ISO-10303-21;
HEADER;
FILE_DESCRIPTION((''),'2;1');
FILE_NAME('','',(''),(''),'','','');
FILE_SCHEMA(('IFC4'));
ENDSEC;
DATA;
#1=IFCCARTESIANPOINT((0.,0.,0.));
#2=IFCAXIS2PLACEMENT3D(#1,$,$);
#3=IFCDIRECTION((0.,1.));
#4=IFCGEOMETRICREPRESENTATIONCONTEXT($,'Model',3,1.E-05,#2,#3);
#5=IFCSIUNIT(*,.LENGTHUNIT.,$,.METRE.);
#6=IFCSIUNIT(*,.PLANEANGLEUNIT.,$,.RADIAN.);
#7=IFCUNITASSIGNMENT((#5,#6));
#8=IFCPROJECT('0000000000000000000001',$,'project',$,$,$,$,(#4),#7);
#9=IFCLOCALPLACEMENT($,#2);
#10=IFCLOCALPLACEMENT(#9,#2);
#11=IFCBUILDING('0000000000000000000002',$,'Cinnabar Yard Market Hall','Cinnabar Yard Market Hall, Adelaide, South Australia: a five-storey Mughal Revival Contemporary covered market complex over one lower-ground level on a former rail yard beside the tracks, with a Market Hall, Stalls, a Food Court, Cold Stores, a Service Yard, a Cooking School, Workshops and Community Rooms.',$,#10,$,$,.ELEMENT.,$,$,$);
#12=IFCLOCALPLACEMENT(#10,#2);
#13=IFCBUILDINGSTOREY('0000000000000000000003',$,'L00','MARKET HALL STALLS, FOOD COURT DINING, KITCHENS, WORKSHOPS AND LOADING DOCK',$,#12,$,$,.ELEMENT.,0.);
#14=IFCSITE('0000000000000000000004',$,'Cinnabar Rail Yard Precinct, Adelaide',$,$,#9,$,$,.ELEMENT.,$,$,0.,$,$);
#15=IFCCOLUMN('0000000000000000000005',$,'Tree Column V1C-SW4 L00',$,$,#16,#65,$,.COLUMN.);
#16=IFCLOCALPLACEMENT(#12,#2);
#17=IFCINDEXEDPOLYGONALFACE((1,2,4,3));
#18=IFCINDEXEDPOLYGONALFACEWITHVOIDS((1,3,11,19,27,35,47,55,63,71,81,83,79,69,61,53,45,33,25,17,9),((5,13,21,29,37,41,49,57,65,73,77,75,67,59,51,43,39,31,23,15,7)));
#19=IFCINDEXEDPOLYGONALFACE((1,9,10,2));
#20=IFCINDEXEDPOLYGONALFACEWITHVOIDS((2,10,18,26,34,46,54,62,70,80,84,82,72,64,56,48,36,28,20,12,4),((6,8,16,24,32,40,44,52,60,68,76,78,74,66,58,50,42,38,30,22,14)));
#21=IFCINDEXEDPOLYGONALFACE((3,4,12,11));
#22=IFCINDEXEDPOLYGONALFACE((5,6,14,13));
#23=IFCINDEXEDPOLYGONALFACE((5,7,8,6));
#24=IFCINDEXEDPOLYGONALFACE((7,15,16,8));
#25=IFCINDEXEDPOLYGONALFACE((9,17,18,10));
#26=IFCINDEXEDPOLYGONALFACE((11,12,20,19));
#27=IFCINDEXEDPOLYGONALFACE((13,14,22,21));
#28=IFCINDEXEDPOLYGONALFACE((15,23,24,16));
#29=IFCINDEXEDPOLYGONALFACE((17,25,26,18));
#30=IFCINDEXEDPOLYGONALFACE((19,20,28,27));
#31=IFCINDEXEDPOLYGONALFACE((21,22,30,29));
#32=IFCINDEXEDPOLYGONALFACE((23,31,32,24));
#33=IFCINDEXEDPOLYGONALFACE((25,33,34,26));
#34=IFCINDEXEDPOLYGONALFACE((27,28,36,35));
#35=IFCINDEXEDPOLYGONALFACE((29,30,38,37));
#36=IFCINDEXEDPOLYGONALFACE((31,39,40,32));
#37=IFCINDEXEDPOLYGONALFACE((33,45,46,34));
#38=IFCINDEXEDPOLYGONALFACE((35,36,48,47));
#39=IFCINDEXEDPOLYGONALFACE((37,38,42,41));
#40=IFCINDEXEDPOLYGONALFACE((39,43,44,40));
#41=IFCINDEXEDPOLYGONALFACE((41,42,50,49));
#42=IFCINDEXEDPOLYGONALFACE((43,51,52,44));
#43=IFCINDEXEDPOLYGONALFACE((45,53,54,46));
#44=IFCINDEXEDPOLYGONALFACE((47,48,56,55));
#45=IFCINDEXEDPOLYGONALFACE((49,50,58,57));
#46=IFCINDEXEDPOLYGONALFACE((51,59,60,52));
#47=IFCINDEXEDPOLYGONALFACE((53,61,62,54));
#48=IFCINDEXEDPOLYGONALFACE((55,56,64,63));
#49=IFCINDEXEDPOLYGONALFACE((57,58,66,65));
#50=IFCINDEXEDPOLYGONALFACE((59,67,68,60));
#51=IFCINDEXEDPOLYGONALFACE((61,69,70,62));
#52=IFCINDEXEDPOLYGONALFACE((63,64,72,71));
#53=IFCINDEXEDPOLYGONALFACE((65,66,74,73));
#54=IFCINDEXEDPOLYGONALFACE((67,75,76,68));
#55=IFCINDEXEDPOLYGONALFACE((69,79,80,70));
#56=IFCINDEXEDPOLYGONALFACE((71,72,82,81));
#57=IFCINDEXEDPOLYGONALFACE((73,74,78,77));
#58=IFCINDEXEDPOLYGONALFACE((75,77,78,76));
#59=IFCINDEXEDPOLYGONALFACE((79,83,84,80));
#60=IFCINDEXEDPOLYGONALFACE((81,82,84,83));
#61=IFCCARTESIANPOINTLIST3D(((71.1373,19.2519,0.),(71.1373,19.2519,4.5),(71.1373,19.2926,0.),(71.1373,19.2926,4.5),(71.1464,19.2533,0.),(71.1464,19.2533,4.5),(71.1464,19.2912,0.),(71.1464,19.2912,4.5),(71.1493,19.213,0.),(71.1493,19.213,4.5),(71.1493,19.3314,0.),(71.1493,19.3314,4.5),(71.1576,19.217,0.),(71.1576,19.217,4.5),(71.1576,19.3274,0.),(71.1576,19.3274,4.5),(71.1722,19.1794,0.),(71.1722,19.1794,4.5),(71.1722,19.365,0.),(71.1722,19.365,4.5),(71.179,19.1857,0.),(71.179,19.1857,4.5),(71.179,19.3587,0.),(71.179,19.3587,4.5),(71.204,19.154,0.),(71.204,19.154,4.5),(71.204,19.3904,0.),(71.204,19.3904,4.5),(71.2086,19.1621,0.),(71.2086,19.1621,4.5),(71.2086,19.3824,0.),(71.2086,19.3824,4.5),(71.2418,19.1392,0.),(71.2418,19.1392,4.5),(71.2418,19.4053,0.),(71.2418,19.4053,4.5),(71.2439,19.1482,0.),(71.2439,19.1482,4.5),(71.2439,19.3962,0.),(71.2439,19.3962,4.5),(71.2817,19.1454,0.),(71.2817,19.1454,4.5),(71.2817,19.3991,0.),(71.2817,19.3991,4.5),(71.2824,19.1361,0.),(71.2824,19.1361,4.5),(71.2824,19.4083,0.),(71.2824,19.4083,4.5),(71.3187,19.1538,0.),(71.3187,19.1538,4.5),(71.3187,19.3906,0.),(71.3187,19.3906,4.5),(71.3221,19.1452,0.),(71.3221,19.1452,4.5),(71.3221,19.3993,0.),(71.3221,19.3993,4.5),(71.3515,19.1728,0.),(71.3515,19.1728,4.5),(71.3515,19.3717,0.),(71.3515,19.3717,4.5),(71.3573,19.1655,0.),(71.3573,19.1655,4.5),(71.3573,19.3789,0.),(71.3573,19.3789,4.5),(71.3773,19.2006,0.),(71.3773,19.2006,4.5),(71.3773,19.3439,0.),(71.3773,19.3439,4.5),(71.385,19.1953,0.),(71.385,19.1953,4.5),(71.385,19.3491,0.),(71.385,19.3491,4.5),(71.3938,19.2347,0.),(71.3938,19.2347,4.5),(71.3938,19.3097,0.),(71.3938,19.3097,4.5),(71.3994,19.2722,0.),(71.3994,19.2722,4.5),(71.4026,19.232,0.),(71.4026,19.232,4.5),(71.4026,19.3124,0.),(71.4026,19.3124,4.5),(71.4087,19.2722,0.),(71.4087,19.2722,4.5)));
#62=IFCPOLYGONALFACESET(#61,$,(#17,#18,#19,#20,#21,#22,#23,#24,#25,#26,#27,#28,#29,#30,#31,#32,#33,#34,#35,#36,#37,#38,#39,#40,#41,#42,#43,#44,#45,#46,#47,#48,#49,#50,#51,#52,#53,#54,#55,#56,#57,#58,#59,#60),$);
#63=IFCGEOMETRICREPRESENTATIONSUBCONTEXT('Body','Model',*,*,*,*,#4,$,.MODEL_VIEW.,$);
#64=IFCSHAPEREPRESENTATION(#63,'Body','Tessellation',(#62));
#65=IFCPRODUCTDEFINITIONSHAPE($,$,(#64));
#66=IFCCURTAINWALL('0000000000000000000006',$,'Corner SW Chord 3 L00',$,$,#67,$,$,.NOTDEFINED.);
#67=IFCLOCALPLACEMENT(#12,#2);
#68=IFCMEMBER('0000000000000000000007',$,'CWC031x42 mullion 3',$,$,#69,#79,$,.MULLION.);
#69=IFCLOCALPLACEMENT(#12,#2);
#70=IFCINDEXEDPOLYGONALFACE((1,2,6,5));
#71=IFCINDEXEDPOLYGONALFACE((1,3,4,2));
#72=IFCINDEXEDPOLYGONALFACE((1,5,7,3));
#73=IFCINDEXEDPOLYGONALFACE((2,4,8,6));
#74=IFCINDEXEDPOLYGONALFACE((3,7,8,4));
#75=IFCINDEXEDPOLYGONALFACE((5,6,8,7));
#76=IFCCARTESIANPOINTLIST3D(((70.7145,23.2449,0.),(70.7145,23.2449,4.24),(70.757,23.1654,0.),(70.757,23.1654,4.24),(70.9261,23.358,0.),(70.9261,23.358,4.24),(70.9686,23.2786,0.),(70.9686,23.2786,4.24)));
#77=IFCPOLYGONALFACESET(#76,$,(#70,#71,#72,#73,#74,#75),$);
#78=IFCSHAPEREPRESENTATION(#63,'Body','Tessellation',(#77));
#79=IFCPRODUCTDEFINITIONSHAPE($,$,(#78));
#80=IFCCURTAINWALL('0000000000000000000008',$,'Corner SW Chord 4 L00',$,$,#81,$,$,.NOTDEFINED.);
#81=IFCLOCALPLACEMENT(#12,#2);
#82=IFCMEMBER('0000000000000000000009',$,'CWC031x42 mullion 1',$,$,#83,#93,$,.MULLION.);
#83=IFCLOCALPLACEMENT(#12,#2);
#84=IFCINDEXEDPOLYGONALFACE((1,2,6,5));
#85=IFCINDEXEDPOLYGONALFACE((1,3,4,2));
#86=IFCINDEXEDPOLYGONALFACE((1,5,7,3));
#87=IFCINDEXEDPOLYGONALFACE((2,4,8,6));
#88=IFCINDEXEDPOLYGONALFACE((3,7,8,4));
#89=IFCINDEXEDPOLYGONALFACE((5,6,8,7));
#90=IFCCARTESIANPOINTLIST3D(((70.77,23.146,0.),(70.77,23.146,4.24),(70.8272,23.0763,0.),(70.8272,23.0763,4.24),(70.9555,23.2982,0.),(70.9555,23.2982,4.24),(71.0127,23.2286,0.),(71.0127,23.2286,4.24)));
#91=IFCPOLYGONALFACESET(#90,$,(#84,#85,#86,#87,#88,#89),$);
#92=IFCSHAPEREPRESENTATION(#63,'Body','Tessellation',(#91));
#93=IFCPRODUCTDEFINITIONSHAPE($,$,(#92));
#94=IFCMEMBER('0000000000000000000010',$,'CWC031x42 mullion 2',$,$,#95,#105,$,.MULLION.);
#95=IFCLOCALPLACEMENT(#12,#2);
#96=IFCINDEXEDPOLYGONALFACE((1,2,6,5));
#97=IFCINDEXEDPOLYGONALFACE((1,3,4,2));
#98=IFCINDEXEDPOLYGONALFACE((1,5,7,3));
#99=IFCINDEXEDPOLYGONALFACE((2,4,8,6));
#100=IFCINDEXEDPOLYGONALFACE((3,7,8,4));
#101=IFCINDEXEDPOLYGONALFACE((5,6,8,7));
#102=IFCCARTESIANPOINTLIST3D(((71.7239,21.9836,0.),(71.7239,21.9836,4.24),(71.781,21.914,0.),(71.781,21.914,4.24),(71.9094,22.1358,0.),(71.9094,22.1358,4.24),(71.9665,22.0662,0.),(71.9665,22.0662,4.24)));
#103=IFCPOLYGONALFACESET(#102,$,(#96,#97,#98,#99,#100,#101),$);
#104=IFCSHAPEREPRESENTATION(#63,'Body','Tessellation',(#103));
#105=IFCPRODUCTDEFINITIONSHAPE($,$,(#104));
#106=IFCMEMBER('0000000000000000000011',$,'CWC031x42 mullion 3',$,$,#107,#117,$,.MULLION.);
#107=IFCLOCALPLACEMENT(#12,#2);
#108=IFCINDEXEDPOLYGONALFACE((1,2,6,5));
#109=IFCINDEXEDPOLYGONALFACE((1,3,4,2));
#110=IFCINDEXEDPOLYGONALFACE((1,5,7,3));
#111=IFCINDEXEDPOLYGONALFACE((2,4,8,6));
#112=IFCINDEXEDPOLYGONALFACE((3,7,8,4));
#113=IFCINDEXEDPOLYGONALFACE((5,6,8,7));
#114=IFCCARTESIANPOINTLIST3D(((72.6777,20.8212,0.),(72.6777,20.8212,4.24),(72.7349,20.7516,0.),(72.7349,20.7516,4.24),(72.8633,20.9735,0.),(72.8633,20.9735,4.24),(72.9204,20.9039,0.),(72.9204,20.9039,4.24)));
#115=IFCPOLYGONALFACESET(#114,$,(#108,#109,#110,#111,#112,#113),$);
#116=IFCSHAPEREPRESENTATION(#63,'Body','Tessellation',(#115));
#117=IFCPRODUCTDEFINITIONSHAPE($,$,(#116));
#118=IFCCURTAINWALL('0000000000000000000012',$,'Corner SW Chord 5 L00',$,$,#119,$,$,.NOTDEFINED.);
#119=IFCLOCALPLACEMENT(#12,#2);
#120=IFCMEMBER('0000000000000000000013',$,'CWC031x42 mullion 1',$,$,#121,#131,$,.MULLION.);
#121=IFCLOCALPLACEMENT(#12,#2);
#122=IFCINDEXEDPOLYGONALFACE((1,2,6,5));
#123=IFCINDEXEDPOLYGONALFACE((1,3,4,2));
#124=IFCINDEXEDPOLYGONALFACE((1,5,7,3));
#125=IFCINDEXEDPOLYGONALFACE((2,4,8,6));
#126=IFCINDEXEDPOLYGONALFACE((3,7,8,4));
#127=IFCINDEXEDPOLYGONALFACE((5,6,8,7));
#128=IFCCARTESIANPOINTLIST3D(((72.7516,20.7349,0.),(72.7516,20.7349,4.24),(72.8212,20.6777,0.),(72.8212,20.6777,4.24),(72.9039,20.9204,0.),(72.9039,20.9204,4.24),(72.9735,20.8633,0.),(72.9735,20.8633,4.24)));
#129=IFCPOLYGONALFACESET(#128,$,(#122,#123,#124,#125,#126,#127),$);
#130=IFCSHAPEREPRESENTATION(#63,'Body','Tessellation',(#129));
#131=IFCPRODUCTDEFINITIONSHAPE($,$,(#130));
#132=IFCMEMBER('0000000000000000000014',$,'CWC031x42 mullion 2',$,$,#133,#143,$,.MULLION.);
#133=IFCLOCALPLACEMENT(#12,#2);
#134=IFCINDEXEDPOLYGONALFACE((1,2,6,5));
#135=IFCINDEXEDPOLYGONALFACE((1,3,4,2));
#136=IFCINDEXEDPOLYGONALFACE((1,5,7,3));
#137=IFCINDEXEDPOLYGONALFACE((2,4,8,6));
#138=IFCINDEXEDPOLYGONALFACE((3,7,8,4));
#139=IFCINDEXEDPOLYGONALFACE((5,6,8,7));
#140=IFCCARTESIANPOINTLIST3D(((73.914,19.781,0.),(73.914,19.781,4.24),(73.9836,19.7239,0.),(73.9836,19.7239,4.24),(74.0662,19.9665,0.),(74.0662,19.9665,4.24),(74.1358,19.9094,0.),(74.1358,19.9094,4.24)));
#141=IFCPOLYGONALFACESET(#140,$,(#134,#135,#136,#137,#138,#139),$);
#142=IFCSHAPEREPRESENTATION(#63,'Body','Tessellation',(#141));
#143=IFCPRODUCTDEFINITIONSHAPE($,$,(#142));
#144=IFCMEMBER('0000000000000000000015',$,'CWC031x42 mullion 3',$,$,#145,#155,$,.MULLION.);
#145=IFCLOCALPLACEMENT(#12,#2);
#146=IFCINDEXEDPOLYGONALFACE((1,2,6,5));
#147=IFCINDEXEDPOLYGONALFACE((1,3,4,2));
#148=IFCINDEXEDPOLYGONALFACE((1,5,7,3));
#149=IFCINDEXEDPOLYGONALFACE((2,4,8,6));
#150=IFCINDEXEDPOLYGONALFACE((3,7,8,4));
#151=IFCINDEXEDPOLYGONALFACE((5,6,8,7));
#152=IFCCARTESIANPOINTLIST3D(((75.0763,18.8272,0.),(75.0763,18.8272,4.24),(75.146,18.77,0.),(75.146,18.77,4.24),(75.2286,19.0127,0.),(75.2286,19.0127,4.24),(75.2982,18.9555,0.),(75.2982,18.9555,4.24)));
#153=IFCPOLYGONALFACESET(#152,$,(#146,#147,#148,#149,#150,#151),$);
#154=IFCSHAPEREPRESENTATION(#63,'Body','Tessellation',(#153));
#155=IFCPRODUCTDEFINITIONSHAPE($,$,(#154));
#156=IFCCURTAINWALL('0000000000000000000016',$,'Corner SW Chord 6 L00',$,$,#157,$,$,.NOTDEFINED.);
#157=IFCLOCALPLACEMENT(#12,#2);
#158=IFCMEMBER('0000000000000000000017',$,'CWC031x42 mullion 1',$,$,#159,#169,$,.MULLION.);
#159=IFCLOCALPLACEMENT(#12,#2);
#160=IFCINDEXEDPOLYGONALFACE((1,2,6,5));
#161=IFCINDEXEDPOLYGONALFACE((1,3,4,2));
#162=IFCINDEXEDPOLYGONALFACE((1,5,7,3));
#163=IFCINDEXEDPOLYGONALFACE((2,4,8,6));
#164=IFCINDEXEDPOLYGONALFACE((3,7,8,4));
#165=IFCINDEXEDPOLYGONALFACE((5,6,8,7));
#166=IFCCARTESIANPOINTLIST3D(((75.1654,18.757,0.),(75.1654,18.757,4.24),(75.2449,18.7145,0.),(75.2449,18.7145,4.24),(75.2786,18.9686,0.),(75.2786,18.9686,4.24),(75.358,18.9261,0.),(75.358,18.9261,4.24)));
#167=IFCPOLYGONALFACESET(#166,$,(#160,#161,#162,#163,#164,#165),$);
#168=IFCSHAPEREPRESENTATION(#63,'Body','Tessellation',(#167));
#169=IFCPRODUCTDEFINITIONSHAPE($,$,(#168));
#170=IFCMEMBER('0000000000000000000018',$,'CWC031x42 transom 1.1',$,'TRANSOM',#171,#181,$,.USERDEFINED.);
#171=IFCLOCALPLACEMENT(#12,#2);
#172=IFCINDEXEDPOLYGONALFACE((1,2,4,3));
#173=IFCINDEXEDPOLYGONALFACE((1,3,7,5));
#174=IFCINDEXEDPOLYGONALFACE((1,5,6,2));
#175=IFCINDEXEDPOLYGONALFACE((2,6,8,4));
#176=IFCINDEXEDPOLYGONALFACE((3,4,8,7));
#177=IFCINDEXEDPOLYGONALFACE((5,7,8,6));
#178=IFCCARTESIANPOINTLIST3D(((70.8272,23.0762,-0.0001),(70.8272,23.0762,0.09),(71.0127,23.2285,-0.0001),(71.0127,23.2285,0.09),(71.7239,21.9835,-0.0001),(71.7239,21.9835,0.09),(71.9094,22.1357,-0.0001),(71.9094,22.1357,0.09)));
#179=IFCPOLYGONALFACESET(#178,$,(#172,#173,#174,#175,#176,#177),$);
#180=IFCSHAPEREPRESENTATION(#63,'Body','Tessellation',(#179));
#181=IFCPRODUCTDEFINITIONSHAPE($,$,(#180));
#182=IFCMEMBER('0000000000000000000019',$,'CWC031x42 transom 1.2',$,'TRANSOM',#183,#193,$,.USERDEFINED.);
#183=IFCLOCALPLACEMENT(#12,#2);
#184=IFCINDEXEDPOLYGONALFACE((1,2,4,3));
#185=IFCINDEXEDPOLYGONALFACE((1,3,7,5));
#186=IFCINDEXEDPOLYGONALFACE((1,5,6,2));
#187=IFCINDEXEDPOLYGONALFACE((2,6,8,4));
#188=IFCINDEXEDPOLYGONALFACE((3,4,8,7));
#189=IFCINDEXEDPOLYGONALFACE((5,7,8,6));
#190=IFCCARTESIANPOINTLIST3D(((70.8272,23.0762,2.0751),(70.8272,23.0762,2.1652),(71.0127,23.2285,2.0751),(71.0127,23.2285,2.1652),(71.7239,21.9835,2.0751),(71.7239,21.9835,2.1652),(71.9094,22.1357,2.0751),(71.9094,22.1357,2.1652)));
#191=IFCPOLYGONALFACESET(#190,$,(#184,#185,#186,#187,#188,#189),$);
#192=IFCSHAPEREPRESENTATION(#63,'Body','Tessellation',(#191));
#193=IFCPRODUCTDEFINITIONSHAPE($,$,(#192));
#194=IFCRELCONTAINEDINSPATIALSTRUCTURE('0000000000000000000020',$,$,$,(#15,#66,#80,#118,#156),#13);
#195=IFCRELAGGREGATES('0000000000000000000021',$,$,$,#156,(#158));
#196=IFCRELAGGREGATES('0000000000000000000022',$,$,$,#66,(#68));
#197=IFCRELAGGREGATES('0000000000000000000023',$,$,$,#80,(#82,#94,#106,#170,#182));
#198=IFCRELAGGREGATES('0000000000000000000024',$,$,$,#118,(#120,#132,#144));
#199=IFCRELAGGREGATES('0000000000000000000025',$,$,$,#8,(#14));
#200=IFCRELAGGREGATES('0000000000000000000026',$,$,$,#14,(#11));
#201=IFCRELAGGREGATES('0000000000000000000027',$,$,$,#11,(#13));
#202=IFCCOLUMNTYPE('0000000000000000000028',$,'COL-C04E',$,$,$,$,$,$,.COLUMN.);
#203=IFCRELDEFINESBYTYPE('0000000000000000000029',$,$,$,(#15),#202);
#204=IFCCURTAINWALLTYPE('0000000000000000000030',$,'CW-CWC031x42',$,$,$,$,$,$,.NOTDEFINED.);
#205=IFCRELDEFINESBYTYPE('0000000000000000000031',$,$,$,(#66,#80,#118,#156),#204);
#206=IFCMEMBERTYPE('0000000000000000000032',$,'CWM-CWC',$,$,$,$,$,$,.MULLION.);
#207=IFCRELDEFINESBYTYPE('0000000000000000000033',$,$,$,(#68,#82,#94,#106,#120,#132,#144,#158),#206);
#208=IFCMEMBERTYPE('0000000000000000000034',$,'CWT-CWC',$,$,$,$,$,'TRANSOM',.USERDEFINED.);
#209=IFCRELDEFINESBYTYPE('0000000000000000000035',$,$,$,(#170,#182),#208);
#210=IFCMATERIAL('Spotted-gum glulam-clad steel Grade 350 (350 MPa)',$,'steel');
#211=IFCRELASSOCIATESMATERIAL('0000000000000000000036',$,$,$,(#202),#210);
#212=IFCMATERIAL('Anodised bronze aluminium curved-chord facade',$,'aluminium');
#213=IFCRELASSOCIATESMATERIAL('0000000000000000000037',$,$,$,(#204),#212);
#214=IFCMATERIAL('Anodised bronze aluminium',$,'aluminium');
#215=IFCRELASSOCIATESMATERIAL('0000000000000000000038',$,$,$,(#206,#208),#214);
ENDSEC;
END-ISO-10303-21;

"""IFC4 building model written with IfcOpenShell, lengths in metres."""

from ifc_helpers import new_model, si_unit, direction, frame, origin, origin_2d_with_axis, place, context, subcontext, project, spatial, rectangle, hollow_circle, extrude, material, material_profile, profile_set, type_object, element, aggregate, save


model = new_model("IFC4")

# Units and contexts
model_context = context("Model", 3, precision=1e-05, world=origin(), true_north=direction((0.0, 1.0)))
body_context = subcontext(model_context, "Body", "Model", "MODEL_VIEW")
ifc_project = project(units=[si_unit("LENGTHUNIT", "METRE"), si_unit("PLANEANGLEUNIT", "RADIAN")], contexts=[model_context])

# Site, building, storey
site_placement = place(None, origin())
site = spatial("IfcSite", under=ifc_project, at=site_placement, Name="Cinnabar Rail Yard Precinct, Adelaide", CompositionType="ELEMENT", RefElevation=0.0)
building_placement = place(site_placement, origin())
building = spatial("IfcBuilding", under=site, at=building_placement, Name="Cinnabar Yard Market Hall", Description="Cinnabar Yard Market Hall, Adelaide, South Australia: a five-storey Mughal Revival Contemporary covered market complex over one lower-ground level on a former rail yard beside the tracks, with a Market Hall, Stalls, a Food Court, Cold Stores, a Service Yard, a Cooking School, Workshops and Community Rooms.", CompositionType="ELEMENT")
storey_placement = place(building_placement, origin())
storey = spatial("IfcBuildingStorey", under=building, at=storey_placement, Name="L00", Description="MARKET HALL STALLS, FOOD COURT DINING, KITCHENS, WORKSHOPS AND LOADING DOCK", CompositionType="ELEMENT", Elevation=0.0)

# Column
ifc_material_1 = material(Name="Spotted-gum glulam-clad steel Grade 350 (350 MPa)", Category="steel")
ifc_material_profile_1 = material_profile(ifc_material_1, hollow_circle(Radius=0.1365, WallThickness=0.0093, at=origin_2d_with_axis()), Name="273.1x9.3CHS")
ifc_profile_set_1 = profile_set([ifc_material_profile_1], Name="Spotted-gum glulam-clad steel Grade 350 (350 MPa)")
column_type = type_object("IfcColumnType", Name="COL-C04E", PredefinedType="COLUMN", material=ifc_profile_set_1)
column_placement = place(storey_placement, frame((71.2722, 19.2722, 0.0), z_axis=(0.0, 0.0, 1.0), x_axis=(1.0, 0.0, 0.0)))
element("IfcColumn", 1, at=column_placement, inside=storey, type_object=column_type, Name="Tree Column V1C-SW4 L00", PredefinedType="COLUMN", context=body_context, shape_type="SweptSolid", body=[
    extrude(hollow_circle(Radius=0.1365, WallThickness=0.0093, at=origin_2d_with_axis()), origin(), (0.0, 0.0, 1.0), 4.5),
])

# Curtain wall, member
ifc_material_2 = material(Name="Anodised bronze aluminium curved-chord facade", Category="aluminium")
curtain_wall_type = type_object("IfcCurtainWallType", Name="CW-CWC031x42", PredefinedType="NOTDEFINED", material=ifc_material_2)
curtain_wall_1_placement = place(storey_placement, origin())
curtain_wall_1 = element("IfcCurtainWall", 2, at=curtain_wall_1_placement, inside=storey, type_object=curtain_wall_type, Name="Corner SW Chord 3 L00", PredefinedType="NOTDEFINED")
ifc_material_3 = material(Name="Anodised bronze aluminium", Category="aluminium")
ifc_material_profile_2 = material_profile(ifc_material_3, rectangle(XDim=0.24, YDim=0.0901, at=origin_2d_with_axis()), Name="MUL-CWC")
ifc_profile_set_2 = profile_set([ifc_material_profile_2], Name="Anodised bronze aluminium")
member_type_1 = type_object("IfcMemberType", Name="CWM-CWC", PredefinedType="MULLION", material=ifc_profile_set_2)
member_1_placement = place(storey_placement, frame((70.8416, 23.2617, 0.0), z_axis=(0.0, 0.0, 1.0), x_axis=(0.881917, 0.471404, 0.0)))
member_1 = element("IfcMember", 3, at=member_1_placement, type_object=member_type_1, Name="CWC031x42 mullion 3", PredefinedType="MULLION", context=body_context, shape_type="SweptSolid", body=[
    extrude(rectangle(XDim=0.24, YDim=0.0901, at=origin_2d_with_axis()), origin(), (0.0, 0.0, 1.0), 4.24),
])

# Curtain walls, members
curtain_wall_2_placement = place(storey_placement, origin())
curtain_wall_2 = element("IfcCurtainWall", 4, at=curtain_wall_2_placement, inside=storey, type_object=curtain_wall_type, Name="Corner SW Chord 4 L00", PredefinedType="NOTDEFINED")
member_2_placement = place(storey_placement, frame((70.8914, 23.1873, 0.0), z_axis=(0.0, 0.0, 1.0), x_axis=(0.773019, 0.634383, 0.0)))
member_2 = element("IfcMember", 5, at=member_2_placement, type_object=member_type_1, Name="CWC031x42 mullion 1", PredefinedType="MULLION", context=body_context, shape_type="SweptSolid", body=[
    extrude(rectangle(XDim=0.24, YDim=0.0901, at=origin_2d_with_axis()), origin(), (0.0, 0.0, 1.0), 4.24),
])
member_3_placement = place(storey_placement, frame((71.8452, 22.0249, 0.0), z_axis=(0.0, 0.0, 1.0), x_axis=(0.773019, 0.634383, 0.0)))
member_3 = element("IfcMember", 6, at=member_3_placement, type_object=member_type_1, Name="CWC031x42 mullion 2", PredefinedType="MULLION", context=body_context, shape_type="SweptSolid", body=[
    extrude(rectangle(XDim=0.24, YDim=0.0901, at=origin_2d_with_axis()), origin(), (0.0, 0.0, 1.0), 4.24),
])
member_4_placement = place(storey_placement, frame((72.7991, 20.8625, 0.0), z_axis=(0.0, 0.0, 1.0), x_axis=(0.773019, 0.634383, 0.0)))
member_4 = element("IfcMember", 7, at=member_4_placement, type_object=member_type_1, Name="CWC031x42 mullion 3", PredefinedType="MULLION", context=body_context, shape_type="SweptSolid", body=[
    extrude(rectangle(XDim=0.24, YDim=0.0901, at=origin_2d_with_axis()), origin(), (0.0, 0.0, 1.0), 4.24),
])
curtain_wall_3_placement = place(storey_placement, origin())
curtain_wall_3 = element("IfcCurtainWall", 8, at=curtain_wall_3_placement, inside=storey, type_object=curtain_wall_type, Name="Corner SW Chord 5 L00", PredefinedType="NOTDEFINED")
member_5_placement = place(storey_placement, frame((72.8625, 20.7991, 0.0), z_axis=(0.0, 0.0, 1.0), x_axis=(0.634383, 0.773019, 0.0)))
member_5 = element("IfcMember", 9, at=member_5_placement, type_object=member_type_1, Name="CWC031x42 mullion 1", PredefinedType="MULLION", context=body_context, shape_type="SweptSolid", body=[
    extrude(rectangle(XDim=0.24, YDim=0.0901, at=origin_2d_with_axis()), origin(), (0.0, 0.0, 1.0), 4.24),
])
member_6_placement = place(storey_placement, frame((74.0249, 19.8452, 0.0), z_axis=(0.0, 0.0, 1.0), x_axis=(0.634383, 0.773019, 0.0)))
member_6 = element("IfcMember", 10, at=member_6_placement, type_object=member_type_1, Name="CWC031x42 mullion 2", PredefinedType="MULLION", context=body_context, shape_type="SweptSolid", body=[
    extrude(rectangle(XDim=0.24, YDim=0.0901, at=origin_2d_with_axis()), origin(), (0.0, 0.0, 1.0), 4.24),
])
member_7_placement = place(storey_placement, frame((75.1873, 18.8914, 0.0), z_axis=(0.0, 0.0, 1.0), x_axis=(0.634383, 0.773019, 0.0)))
member_7 = element("IfcMember", 11, at=member_7_placement, type_object=member_type_1, Name="CWC031x42 mullion 3", PredefinedType="MULLION", context=body_context, shape_type="SweptSolid", body=[
    extrude(rectangle(XDim=0.24, YDim=0.0901, at=origin_2d_with_axis()), origin(), (0.0, 0.0, 1.0), 4.24),
])

# Curtain wall, member
curtain_wall_4_placement = place(storey_placement, origin())
curtain_wall_4 = element("IfcCurtainWall", 12, at=curtain_wall_4_placement, inside=storey, type_object=curtain_wall_type, Name="Corner SW Chord 6 L00", PredefinedType="NOTDEFINED")
member_8_placement = place(storey_placement, frame((75.2617, 18.8416, 0.0), z_axis=(0.0, 0.0, 1.0), x_axis=(0.471404, 0.881917, 0.0)))
member_8 = element("IfcMember", 13, at=member_8_placement, type_object=member_type_1, Name="CWC031x42 mullion 1", PredefinedType="MULLION", context=body_context, shape_type="SweptSolid", body=[
    extrude(rectangle(XDim=0.24, YDim=0.0901, at=origin_2d_with_axis()), origin(), (0.0, 0.0, 1.0), 4.24),
])

# Members
ifc_material_profile_3 = material_profile(ifc_material_3, rectangle(XDim=0.24, YDim=0.0901, at=origin_2d_with_axis()), Name="TRN-CWC")
ifc_profile_set_3 = profile_set([ifc_material_profile_3], Name="Anodised bronze aluminium")
member_type_2 = type_object("IfcMemberType", Name="CWT-CWC", ElementType="TRANSOM", PredefinedType="USERDEFINED", material=ifc_profile_set_3)
member_9_placement = place(storey_placement, frame((70.9199, 23.1523, 0.0449), z_axis=(0.634356, -0.773041, 0.0), x_axis=(0.773041, 0.634356, 0.0)))
member_9 = element("IfcMember", 14, at=member_9_placement, type_object=member_type_2, Name="CWC031x42 transom 1.1", ObjectType="TRANSOM", PredefinedType="USERDEFINED", context=body_context, shape_type="SweptSolid", body=[
    extrude(rectangle(XDim=0.24, YDim=0.0901, at=origin_2d_with_axis()), origin(), (0.0, 0.0, 1.0), 1.4136),
])
member_10_placement = place(storey_placement, frame((70.9199, 23.1523, 2.1201), z_axis=(0.634356, -0.773041, 0.0), x_axis=(0.773041, 0.634356, 0.0)))
member_10 = element("IfcMember", 15, at=member_10_placement, type_object=member_type_2, Name="CWC031x42 transom 1.2", ObjectType="TRANSOM", PredefinedType="USERDEFINED", context=body_context, shape_type="SweptSolid", body=[
    extrude(rectangle(XDim=0.24, YDim=0.0901, at=origin_2d_with_axis()), origin(), (0.0, 0.0, 1.0), 1.4136),
])
aggregate(curtain_wall_4, [member_8])

aggregate(curtain_wall_1, [member_1])
aggregate(curtain_wall_2, [member_2, member_3, member_4, member_9, member_10])
aggregate(curtain_wall_3, [member_5, member_6, member_7])

save(model, "model.ifc")
